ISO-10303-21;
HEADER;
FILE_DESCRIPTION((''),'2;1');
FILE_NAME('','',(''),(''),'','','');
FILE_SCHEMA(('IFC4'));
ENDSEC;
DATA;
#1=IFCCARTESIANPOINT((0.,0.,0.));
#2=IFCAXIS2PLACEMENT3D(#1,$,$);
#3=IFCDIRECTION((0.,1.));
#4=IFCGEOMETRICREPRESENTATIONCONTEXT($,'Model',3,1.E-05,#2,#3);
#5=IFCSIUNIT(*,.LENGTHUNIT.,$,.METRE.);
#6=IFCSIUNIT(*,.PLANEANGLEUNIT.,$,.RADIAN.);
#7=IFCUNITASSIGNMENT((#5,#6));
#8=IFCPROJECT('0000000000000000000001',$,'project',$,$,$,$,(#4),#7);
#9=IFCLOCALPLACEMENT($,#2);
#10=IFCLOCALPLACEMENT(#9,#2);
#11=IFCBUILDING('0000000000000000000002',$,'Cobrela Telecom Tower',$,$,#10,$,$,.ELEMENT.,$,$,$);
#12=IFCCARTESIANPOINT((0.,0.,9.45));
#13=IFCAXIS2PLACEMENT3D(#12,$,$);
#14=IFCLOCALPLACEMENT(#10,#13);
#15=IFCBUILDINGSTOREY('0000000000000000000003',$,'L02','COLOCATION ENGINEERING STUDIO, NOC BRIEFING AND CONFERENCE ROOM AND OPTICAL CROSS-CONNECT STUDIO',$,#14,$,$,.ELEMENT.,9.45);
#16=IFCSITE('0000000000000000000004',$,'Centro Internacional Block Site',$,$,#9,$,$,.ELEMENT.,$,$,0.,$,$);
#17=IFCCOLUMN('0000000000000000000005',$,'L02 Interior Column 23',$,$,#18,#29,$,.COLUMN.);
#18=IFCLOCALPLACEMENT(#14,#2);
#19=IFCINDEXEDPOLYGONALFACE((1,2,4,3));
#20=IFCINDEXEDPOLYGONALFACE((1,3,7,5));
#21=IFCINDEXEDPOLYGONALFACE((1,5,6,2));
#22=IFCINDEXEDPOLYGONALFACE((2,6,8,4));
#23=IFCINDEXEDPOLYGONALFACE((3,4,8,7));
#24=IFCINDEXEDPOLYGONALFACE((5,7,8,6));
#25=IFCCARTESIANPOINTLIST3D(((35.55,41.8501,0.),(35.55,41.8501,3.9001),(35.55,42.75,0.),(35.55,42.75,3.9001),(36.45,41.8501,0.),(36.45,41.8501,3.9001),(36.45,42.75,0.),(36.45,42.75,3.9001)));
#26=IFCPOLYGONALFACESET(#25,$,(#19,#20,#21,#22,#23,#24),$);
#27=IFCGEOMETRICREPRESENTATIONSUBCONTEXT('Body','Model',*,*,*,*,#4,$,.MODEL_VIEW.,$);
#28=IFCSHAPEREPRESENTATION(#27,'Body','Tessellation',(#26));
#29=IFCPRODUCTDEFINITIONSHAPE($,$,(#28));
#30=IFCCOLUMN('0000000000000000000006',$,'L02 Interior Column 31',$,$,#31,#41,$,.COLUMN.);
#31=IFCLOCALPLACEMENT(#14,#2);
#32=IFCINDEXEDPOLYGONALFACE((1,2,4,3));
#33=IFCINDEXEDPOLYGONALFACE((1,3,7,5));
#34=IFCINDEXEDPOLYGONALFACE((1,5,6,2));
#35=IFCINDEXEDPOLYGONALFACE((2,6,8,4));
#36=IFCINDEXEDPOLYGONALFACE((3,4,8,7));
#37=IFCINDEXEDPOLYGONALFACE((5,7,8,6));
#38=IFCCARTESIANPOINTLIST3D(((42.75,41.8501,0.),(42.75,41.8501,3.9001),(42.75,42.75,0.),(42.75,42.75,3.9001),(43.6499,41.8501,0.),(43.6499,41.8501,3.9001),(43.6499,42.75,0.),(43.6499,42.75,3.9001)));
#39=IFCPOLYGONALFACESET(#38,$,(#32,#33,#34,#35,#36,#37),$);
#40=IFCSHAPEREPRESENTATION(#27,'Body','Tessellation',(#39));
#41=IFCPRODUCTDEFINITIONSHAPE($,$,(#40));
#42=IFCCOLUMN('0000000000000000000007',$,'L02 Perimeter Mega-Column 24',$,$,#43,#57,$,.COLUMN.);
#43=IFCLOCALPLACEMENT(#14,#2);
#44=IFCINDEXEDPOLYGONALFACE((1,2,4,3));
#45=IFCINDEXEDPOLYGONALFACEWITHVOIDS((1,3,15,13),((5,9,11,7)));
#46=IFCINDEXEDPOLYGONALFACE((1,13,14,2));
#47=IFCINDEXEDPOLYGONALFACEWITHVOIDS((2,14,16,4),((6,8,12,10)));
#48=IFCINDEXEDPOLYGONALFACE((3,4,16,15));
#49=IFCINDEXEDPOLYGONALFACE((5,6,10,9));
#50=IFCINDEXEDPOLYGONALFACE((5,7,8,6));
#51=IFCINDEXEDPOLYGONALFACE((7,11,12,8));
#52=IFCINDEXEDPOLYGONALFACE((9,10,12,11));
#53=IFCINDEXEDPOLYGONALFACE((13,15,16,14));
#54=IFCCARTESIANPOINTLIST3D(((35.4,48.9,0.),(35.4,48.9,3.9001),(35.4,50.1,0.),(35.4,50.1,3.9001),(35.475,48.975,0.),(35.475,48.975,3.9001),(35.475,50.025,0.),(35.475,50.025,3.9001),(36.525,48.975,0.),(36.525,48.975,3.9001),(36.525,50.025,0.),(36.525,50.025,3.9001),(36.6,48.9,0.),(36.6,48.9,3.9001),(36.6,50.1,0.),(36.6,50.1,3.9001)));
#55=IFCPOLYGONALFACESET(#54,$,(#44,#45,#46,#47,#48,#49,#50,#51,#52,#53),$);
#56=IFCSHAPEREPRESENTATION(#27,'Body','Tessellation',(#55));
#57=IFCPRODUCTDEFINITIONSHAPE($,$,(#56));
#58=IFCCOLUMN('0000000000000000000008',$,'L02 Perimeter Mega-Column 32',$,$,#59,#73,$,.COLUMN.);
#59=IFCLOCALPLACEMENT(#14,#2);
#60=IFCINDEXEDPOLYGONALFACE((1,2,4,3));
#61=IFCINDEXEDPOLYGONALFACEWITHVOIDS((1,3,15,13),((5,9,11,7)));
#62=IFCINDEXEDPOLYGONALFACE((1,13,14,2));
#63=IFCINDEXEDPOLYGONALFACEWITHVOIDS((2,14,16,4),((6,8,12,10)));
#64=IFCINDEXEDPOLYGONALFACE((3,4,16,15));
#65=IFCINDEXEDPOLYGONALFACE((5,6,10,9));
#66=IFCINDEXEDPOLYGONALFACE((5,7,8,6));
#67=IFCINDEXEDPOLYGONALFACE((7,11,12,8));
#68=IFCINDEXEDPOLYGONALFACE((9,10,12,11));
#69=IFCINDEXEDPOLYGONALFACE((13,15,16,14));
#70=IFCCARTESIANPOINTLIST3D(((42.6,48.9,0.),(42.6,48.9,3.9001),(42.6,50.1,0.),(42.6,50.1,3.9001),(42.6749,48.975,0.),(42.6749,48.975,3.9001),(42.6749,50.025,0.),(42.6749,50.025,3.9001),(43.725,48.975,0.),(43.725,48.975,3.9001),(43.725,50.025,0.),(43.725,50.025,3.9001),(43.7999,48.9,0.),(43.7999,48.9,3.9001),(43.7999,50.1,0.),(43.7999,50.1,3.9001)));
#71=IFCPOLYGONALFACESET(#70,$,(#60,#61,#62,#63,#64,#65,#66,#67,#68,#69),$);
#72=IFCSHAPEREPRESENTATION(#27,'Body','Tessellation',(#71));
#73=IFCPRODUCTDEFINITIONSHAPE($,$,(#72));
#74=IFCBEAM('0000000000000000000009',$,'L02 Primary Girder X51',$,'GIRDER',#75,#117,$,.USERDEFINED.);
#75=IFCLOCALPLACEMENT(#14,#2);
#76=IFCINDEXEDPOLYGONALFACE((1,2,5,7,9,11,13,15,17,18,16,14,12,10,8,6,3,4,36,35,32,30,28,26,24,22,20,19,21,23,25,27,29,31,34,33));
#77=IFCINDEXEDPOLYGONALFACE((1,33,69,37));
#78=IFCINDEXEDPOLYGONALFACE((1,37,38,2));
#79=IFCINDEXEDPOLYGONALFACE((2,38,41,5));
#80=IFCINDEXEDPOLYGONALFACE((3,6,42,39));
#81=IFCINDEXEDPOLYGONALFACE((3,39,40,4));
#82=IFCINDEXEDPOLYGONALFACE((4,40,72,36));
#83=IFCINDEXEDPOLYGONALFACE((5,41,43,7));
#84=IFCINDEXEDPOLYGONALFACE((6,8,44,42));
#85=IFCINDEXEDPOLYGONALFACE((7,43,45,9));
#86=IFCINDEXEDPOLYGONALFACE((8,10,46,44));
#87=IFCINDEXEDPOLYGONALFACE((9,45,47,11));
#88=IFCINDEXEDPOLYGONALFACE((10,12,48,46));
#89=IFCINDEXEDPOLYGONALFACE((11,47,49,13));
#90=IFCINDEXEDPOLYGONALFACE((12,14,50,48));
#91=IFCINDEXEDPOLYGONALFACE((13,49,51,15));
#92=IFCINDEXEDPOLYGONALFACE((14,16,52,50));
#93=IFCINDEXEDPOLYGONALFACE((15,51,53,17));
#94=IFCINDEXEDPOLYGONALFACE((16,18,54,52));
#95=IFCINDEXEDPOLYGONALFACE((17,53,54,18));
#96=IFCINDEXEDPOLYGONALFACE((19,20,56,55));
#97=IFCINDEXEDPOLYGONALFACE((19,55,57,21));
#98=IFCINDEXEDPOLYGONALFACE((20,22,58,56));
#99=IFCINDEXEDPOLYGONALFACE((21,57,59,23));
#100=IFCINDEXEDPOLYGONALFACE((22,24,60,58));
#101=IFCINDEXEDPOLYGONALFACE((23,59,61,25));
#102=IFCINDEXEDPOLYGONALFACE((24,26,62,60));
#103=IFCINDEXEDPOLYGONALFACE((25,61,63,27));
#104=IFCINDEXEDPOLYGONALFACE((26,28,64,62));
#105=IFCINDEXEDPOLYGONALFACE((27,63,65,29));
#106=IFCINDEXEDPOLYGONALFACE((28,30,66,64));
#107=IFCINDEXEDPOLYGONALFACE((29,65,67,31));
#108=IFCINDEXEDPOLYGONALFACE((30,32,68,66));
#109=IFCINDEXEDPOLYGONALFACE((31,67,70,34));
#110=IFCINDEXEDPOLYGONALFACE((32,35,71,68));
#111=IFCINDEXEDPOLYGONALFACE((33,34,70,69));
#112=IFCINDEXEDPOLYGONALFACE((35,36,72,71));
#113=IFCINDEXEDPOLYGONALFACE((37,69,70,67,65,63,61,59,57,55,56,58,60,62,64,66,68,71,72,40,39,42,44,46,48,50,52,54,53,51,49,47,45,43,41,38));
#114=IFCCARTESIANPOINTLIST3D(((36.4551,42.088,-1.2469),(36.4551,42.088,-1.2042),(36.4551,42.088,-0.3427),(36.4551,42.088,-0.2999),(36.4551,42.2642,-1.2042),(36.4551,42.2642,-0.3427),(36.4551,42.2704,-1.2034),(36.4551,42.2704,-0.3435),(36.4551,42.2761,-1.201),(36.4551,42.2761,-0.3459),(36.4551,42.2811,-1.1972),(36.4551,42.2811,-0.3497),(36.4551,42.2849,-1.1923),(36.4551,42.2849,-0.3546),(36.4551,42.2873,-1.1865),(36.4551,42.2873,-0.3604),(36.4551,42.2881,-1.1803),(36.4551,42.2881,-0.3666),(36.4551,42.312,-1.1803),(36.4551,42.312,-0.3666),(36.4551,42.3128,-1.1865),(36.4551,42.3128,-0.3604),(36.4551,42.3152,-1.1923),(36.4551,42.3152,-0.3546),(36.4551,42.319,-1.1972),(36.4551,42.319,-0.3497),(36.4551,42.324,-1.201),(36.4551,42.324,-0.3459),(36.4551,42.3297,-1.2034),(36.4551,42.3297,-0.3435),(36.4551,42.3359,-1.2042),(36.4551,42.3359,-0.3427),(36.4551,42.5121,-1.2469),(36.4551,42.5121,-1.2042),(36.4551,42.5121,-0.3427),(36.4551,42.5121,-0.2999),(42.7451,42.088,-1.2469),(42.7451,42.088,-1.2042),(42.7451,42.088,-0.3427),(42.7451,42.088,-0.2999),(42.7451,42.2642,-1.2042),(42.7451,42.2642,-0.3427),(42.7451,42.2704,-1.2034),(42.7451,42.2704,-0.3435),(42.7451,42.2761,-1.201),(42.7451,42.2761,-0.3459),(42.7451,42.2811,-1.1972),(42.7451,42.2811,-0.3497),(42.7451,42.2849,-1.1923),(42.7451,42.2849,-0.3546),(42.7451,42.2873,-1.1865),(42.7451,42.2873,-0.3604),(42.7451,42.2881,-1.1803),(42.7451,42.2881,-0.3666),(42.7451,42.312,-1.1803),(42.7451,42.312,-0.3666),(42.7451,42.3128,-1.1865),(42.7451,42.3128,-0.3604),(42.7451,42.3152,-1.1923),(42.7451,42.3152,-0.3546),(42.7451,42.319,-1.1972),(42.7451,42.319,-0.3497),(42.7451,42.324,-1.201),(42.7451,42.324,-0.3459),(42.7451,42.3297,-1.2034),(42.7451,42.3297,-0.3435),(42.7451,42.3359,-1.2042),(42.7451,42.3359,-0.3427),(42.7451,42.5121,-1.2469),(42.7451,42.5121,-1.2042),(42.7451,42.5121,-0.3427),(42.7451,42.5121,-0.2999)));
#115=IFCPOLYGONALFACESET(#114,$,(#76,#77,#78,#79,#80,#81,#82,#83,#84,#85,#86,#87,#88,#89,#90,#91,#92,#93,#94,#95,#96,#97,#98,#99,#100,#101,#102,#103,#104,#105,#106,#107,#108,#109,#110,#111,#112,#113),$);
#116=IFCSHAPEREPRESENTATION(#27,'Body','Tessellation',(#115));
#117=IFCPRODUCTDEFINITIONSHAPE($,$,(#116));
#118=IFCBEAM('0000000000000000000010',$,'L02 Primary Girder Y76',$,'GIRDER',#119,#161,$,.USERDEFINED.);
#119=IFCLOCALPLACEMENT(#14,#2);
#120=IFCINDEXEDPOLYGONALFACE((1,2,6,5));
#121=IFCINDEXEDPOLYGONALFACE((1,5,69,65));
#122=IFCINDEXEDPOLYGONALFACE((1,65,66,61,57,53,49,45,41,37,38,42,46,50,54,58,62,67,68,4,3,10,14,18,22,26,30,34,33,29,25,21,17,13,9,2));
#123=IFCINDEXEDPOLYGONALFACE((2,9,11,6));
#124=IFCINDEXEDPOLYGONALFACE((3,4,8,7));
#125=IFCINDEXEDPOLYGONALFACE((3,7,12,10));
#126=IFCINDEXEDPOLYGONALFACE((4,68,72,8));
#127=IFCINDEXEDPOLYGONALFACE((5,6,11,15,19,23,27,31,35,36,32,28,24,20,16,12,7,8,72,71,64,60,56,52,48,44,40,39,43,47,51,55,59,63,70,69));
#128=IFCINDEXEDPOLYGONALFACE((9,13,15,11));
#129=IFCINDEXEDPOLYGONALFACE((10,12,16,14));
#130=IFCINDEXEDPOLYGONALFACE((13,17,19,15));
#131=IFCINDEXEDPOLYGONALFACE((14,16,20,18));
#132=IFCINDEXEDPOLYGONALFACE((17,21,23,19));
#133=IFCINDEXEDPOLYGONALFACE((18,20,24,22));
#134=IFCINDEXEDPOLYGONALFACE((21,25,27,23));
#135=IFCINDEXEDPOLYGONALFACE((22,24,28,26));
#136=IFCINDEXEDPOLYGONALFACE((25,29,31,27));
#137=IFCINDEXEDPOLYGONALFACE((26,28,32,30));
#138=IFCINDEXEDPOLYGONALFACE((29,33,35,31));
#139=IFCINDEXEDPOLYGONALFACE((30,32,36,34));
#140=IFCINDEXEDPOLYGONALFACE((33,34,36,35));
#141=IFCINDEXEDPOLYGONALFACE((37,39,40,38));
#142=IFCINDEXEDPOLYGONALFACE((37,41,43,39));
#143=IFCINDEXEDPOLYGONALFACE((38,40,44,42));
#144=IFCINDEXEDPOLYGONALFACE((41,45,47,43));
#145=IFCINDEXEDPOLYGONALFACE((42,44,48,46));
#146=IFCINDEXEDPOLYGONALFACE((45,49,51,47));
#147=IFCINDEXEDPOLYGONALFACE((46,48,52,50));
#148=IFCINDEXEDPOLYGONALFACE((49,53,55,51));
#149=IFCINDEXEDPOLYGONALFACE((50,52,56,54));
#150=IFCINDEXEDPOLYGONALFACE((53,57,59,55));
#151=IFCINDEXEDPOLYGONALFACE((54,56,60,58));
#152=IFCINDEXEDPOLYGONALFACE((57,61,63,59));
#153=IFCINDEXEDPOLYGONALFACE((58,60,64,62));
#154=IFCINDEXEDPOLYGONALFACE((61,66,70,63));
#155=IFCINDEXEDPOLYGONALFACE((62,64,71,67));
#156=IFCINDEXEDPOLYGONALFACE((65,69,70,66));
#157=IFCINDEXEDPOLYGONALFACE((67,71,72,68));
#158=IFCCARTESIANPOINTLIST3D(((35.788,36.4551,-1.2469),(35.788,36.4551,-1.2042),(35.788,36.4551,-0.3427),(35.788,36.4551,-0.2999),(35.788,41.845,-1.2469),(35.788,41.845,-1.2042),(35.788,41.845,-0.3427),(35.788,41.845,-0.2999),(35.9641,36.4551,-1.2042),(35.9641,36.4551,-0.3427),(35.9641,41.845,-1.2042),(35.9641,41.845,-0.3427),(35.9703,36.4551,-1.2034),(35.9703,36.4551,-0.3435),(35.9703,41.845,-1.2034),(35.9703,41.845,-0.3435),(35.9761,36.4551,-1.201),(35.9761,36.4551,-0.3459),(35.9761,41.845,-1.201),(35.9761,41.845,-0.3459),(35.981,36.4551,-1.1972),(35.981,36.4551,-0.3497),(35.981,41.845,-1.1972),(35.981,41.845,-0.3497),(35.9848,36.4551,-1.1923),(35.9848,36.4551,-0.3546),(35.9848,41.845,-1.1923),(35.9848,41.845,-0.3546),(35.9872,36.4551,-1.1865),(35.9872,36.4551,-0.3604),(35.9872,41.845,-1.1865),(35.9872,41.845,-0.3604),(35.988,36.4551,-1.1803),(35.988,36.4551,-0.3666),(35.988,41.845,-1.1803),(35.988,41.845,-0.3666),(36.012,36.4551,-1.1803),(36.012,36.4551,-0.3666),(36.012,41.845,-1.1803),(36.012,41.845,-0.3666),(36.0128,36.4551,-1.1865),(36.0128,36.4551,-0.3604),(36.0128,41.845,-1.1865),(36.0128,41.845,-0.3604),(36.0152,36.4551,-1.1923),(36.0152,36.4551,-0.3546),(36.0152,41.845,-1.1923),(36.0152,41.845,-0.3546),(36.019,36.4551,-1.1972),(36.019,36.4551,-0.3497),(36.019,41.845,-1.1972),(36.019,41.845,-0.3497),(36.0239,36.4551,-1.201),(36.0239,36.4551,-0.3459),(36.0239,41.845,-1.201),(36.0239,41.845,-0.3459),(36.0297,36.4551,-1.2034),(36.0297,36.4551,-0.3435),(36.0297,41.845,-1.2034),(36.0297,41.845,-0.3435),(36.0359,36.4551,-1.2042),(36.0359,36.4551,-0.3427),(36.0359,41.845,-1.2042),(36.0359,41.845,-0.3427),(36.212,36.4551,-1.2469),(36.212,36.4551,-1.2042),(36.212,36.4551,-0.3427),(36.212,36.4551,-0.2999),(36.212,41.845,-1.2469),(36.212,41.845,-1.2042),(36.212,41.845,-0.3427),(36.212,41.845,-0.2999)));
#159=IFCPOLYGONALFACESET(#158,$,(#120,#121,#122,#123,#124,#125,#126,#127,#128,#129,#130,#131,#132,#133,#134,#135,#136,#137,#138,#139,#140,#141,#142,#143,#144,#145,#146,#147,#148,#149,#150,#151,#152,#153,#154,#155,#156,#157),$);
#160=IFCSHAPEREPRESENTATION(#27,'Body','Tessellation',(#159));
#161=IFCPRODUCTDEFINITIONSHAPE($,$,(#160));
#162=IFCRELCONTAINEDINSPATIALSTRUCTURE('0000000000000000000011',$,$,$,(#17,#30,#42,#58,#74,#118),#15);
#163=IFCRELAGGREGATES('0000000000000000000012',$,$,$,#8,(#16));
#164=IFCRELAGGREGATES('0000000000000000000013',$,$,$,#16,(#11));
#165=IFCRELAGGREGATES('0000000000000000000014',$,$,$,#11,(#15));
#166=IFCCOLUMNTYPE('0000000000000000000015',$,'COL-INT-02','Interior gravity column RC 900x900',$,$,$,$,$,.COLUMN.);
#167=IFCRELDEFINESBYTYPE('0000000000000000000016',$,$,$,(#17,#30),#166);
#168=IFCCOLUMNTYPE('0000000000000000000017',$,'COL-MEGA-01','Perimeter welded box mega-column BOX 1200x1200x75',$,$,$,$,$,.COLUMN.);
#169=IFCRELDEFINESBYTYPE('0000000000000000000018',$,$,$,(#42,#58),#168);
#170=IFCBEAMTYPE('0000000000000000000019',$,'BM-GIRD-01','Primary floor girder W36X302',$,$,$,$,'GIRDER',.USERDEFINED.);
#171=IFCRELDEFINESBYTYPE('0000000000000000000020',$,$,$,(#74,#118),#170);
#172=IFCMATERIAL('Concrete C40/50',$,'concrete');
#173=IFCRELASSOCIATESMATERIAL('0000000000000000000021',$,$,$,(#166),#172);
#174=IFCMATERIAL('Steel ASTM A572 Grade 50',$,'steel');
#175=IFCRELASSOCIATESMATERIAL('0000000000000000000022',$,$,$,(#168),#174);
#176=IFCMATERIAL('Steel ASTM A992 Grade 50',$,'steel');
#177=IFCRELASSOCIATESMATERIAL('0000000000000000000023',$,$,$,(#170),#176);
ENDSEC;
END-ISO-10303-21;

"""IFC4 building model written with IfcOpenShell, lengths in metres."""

from ifc_helpers import new_model, si_unit, direction, frame, origin, origin_2d, place, context, subcontext, project, spatial, rectangle, hollow_rectangle, i_section, extrude, material, material_profile, profile_set, type_object, element, save


model = new_model("IFC4")

# Units and contexts
model_context = context("Model", 3, precision=1e-05, world=origin(), true_north=direction((0.0, 1.0)))
body_context = subcontext(model_context, "Body", "Model", "MODEL_VIEW")
ifc_project = project(units=[si_unit("LENGTHUNIT", "METRE"), si_unit("PLANEANGLEUNIT", "RADIAN")], contexts=[model_context])

# Site, building, storey
site_placement = place(None, origin())
site = spatial("IfcSite", under=ifc_project, at=site_placement, Name="Centro Internacional Block Site", CompositionType="ELEMENT", RefElevation=0.0)
building_placement = place(site_placement, origin())
building = spatial("IfcBuilding", under=site, at=building_placement, Name="Cobrela Telecom Tower", CompositionType="ELEMENT")
storey_placement = place(building_placement, frame((0.0, 0.0, 9.45)))
storey = spatial("IfcBuildingStorey", under=building, at=storey_placement, Name="L02", Description="COLOCATION ENGINEERING STUDIO, NOC BRIEFING AND CONFERENCE ROOM AND OPTICAL CROSS-CONNECT STUDIO", CompositionType="ELEMENT", Elevation=9.45)

# Columns
ifc_material_1 = material(Name="Concrete C40/50", Category="concrete")
ifc_material_profile_1 = material_profile(ifc_material_1, rectangle(XDim=0.8999, YDim=0.8999, at=origin_2d()), Name="RC 900x900")
ifc_profile_set_1 = profile_set([ifc_material_profile_1], Name="Concrete C40/50")
column_type_1 = type_object("IfcColumnType", Name="COL-INT-02", Description="Interior gravity column RC 900x900", PredefinedType="COLUMN", material=ifc_profile_set_1)
for number, where, z_axis, x_axis, name in (
    (1, (36.0, 42.3, 0.0), (0.0, 0.0, 1.0), (1.0, 0.0, 0.0), "L02 Interior Column 23"),
    (2, (43.2, 42.3, 0.0), (0.0, 0.0, 1.0), (1.0, 0.0, 0.0), "L02 Interior Column 31"),
):
    element("IfcColumn", number, at=place(storey_placement, frame(where, z_axis=z_axis, x_axis=x_axis)), inside=storey, type_object=column_type_1, Name=name, PredefinedType="COLUMN", context=body_context, shape_type="SweptSolid", body=[
        extrude(rectangle(XDim=0.8999, YDim=0.8999, at=origin_2d()), origin(), (0.0, 0.0, 1.0), 3.9001),
    ])
ifc_material_2 = material(Name="Steel ASTM A572 Grade 50", Category="steel")
ifc_material_profile_2 = material_profile(ifc_material_2, hollow_rectangle(XDim=1.2, YDim=1.2, WallThickness=0.075, at=origin_2d()), Name="BOX 1200x1200x75")
ifc_profile_set_2 = profile_set([ifc_material_profile_2], Name="Steel ASTM A572 Grade 50")
column_type_2 = type_object("IfcColumnType", Name="COL-MEGA-01", Description="Perimeter welded box mega-column BOX 1200x1200x75", PredefinedType="COLUMN", material=ifc_profile_set_2)
for number, where, z_axis, x_axis, name in (
    (3, (36.0, 49.5, 0.0), (0.0, 0.0, 1.0), (1.0, 0.0, 0.0), "L02 Perimeter Mega-Column 24"),
    (4, (43.2, 49.5, 0.0), (0.0, 0.0, 1.0), (1.0, 0.0, 0.0), "L02 Perimeter Mega-Column 32"),
):
    element("IfcColumn", number, at=place(storey_placement, frame(where, z_axis=z_axis, x_axis=x_axis)), inside=storey, type_object=column_type_2, Name=name, PredefinedType="COLUMN", context=body_context, shape_type="SweptSolid", body=[
        extrude(hollow_rectangle(XDim=1.2, YDim=1.2, WallThickness=0.075, at=origin_2d()), origin(), (0.0, 0.0, 1.0), 3.9001),
    ])

# Beams
ifc_material_3 = material(Name="Steel ASTM A992 Grade 50", Category="steel")
ifc_material_profile_3 = material_profile(ifc_material_3, i_section(OverallWidth=0.4241, OverallDepth=0.947, WebThickness=0.0239, FlangeThickness=0.0427, FilletRadius=0.0239, at=origin_2d()), Name="W36X302")
ifc_profile_set_3 = profile_set([ifc_material_profile_3], Name="Steel ASTM A992 Grade 50")
beam_type_1 = type_object("IfcBeamType", Name="BM-GIRD-01", Description="Primary floor girder W36X302", ElementType="GIRDER", PredefinedType="USERDEFINED", material=ifc_profile_set_3)
beam_1_placement = place(storey_placement, frame((36.4551, 42.3, -0.7734), z_axis=(1.0, 0.0, 0.0), x_axis=(0.0, 1.0, 0.0)))
element("IfcBeam", 5, at=beam_1_placement, inside=storey, type_object=beam_type_1, Name="L02 Primary Girder X51", ObjectType="GIRDER", PredefinedType="USERDEFINED", context=body_context, shape_type="SweptSolid", body=[
    extrude(i_section(OverallWidth=0.4241, OverallDepth=0.947, WebThickness=0.0239, FlangeThickness=0.0427, FilletRadius=0.0239, at=origin_2d()), origin(), (0.0, 0.0, 1.0), 6.29),
])
beam_2_placement = place(storey_placement, frame((36.0, 36.4551, -0.7734), z_axis=(0.0, 1.0, 0.0), x_axis=(-1.0, 0.0, 0.0)))
element("IfcBeam", 6, at=beam_2_placement, inside=storey, type_object=beam_type_1, Name="L02 Primary Girder Y76", ObjectType="GIRDER", PredefinedType="USERDEFINED", context=body_context, shape_type="SweptSolid", body=[
    extrude(i_section(OverallWidth=0.4241, OverallDepth=0.947, WebThickness=0.0239, FlangeThickness=0.0427, FilletRadius=0.0239, at=origin_2d()), origin(), (0.0, 0.0, 1.0), 5.3899),
])

save(model, "model.ifc")
